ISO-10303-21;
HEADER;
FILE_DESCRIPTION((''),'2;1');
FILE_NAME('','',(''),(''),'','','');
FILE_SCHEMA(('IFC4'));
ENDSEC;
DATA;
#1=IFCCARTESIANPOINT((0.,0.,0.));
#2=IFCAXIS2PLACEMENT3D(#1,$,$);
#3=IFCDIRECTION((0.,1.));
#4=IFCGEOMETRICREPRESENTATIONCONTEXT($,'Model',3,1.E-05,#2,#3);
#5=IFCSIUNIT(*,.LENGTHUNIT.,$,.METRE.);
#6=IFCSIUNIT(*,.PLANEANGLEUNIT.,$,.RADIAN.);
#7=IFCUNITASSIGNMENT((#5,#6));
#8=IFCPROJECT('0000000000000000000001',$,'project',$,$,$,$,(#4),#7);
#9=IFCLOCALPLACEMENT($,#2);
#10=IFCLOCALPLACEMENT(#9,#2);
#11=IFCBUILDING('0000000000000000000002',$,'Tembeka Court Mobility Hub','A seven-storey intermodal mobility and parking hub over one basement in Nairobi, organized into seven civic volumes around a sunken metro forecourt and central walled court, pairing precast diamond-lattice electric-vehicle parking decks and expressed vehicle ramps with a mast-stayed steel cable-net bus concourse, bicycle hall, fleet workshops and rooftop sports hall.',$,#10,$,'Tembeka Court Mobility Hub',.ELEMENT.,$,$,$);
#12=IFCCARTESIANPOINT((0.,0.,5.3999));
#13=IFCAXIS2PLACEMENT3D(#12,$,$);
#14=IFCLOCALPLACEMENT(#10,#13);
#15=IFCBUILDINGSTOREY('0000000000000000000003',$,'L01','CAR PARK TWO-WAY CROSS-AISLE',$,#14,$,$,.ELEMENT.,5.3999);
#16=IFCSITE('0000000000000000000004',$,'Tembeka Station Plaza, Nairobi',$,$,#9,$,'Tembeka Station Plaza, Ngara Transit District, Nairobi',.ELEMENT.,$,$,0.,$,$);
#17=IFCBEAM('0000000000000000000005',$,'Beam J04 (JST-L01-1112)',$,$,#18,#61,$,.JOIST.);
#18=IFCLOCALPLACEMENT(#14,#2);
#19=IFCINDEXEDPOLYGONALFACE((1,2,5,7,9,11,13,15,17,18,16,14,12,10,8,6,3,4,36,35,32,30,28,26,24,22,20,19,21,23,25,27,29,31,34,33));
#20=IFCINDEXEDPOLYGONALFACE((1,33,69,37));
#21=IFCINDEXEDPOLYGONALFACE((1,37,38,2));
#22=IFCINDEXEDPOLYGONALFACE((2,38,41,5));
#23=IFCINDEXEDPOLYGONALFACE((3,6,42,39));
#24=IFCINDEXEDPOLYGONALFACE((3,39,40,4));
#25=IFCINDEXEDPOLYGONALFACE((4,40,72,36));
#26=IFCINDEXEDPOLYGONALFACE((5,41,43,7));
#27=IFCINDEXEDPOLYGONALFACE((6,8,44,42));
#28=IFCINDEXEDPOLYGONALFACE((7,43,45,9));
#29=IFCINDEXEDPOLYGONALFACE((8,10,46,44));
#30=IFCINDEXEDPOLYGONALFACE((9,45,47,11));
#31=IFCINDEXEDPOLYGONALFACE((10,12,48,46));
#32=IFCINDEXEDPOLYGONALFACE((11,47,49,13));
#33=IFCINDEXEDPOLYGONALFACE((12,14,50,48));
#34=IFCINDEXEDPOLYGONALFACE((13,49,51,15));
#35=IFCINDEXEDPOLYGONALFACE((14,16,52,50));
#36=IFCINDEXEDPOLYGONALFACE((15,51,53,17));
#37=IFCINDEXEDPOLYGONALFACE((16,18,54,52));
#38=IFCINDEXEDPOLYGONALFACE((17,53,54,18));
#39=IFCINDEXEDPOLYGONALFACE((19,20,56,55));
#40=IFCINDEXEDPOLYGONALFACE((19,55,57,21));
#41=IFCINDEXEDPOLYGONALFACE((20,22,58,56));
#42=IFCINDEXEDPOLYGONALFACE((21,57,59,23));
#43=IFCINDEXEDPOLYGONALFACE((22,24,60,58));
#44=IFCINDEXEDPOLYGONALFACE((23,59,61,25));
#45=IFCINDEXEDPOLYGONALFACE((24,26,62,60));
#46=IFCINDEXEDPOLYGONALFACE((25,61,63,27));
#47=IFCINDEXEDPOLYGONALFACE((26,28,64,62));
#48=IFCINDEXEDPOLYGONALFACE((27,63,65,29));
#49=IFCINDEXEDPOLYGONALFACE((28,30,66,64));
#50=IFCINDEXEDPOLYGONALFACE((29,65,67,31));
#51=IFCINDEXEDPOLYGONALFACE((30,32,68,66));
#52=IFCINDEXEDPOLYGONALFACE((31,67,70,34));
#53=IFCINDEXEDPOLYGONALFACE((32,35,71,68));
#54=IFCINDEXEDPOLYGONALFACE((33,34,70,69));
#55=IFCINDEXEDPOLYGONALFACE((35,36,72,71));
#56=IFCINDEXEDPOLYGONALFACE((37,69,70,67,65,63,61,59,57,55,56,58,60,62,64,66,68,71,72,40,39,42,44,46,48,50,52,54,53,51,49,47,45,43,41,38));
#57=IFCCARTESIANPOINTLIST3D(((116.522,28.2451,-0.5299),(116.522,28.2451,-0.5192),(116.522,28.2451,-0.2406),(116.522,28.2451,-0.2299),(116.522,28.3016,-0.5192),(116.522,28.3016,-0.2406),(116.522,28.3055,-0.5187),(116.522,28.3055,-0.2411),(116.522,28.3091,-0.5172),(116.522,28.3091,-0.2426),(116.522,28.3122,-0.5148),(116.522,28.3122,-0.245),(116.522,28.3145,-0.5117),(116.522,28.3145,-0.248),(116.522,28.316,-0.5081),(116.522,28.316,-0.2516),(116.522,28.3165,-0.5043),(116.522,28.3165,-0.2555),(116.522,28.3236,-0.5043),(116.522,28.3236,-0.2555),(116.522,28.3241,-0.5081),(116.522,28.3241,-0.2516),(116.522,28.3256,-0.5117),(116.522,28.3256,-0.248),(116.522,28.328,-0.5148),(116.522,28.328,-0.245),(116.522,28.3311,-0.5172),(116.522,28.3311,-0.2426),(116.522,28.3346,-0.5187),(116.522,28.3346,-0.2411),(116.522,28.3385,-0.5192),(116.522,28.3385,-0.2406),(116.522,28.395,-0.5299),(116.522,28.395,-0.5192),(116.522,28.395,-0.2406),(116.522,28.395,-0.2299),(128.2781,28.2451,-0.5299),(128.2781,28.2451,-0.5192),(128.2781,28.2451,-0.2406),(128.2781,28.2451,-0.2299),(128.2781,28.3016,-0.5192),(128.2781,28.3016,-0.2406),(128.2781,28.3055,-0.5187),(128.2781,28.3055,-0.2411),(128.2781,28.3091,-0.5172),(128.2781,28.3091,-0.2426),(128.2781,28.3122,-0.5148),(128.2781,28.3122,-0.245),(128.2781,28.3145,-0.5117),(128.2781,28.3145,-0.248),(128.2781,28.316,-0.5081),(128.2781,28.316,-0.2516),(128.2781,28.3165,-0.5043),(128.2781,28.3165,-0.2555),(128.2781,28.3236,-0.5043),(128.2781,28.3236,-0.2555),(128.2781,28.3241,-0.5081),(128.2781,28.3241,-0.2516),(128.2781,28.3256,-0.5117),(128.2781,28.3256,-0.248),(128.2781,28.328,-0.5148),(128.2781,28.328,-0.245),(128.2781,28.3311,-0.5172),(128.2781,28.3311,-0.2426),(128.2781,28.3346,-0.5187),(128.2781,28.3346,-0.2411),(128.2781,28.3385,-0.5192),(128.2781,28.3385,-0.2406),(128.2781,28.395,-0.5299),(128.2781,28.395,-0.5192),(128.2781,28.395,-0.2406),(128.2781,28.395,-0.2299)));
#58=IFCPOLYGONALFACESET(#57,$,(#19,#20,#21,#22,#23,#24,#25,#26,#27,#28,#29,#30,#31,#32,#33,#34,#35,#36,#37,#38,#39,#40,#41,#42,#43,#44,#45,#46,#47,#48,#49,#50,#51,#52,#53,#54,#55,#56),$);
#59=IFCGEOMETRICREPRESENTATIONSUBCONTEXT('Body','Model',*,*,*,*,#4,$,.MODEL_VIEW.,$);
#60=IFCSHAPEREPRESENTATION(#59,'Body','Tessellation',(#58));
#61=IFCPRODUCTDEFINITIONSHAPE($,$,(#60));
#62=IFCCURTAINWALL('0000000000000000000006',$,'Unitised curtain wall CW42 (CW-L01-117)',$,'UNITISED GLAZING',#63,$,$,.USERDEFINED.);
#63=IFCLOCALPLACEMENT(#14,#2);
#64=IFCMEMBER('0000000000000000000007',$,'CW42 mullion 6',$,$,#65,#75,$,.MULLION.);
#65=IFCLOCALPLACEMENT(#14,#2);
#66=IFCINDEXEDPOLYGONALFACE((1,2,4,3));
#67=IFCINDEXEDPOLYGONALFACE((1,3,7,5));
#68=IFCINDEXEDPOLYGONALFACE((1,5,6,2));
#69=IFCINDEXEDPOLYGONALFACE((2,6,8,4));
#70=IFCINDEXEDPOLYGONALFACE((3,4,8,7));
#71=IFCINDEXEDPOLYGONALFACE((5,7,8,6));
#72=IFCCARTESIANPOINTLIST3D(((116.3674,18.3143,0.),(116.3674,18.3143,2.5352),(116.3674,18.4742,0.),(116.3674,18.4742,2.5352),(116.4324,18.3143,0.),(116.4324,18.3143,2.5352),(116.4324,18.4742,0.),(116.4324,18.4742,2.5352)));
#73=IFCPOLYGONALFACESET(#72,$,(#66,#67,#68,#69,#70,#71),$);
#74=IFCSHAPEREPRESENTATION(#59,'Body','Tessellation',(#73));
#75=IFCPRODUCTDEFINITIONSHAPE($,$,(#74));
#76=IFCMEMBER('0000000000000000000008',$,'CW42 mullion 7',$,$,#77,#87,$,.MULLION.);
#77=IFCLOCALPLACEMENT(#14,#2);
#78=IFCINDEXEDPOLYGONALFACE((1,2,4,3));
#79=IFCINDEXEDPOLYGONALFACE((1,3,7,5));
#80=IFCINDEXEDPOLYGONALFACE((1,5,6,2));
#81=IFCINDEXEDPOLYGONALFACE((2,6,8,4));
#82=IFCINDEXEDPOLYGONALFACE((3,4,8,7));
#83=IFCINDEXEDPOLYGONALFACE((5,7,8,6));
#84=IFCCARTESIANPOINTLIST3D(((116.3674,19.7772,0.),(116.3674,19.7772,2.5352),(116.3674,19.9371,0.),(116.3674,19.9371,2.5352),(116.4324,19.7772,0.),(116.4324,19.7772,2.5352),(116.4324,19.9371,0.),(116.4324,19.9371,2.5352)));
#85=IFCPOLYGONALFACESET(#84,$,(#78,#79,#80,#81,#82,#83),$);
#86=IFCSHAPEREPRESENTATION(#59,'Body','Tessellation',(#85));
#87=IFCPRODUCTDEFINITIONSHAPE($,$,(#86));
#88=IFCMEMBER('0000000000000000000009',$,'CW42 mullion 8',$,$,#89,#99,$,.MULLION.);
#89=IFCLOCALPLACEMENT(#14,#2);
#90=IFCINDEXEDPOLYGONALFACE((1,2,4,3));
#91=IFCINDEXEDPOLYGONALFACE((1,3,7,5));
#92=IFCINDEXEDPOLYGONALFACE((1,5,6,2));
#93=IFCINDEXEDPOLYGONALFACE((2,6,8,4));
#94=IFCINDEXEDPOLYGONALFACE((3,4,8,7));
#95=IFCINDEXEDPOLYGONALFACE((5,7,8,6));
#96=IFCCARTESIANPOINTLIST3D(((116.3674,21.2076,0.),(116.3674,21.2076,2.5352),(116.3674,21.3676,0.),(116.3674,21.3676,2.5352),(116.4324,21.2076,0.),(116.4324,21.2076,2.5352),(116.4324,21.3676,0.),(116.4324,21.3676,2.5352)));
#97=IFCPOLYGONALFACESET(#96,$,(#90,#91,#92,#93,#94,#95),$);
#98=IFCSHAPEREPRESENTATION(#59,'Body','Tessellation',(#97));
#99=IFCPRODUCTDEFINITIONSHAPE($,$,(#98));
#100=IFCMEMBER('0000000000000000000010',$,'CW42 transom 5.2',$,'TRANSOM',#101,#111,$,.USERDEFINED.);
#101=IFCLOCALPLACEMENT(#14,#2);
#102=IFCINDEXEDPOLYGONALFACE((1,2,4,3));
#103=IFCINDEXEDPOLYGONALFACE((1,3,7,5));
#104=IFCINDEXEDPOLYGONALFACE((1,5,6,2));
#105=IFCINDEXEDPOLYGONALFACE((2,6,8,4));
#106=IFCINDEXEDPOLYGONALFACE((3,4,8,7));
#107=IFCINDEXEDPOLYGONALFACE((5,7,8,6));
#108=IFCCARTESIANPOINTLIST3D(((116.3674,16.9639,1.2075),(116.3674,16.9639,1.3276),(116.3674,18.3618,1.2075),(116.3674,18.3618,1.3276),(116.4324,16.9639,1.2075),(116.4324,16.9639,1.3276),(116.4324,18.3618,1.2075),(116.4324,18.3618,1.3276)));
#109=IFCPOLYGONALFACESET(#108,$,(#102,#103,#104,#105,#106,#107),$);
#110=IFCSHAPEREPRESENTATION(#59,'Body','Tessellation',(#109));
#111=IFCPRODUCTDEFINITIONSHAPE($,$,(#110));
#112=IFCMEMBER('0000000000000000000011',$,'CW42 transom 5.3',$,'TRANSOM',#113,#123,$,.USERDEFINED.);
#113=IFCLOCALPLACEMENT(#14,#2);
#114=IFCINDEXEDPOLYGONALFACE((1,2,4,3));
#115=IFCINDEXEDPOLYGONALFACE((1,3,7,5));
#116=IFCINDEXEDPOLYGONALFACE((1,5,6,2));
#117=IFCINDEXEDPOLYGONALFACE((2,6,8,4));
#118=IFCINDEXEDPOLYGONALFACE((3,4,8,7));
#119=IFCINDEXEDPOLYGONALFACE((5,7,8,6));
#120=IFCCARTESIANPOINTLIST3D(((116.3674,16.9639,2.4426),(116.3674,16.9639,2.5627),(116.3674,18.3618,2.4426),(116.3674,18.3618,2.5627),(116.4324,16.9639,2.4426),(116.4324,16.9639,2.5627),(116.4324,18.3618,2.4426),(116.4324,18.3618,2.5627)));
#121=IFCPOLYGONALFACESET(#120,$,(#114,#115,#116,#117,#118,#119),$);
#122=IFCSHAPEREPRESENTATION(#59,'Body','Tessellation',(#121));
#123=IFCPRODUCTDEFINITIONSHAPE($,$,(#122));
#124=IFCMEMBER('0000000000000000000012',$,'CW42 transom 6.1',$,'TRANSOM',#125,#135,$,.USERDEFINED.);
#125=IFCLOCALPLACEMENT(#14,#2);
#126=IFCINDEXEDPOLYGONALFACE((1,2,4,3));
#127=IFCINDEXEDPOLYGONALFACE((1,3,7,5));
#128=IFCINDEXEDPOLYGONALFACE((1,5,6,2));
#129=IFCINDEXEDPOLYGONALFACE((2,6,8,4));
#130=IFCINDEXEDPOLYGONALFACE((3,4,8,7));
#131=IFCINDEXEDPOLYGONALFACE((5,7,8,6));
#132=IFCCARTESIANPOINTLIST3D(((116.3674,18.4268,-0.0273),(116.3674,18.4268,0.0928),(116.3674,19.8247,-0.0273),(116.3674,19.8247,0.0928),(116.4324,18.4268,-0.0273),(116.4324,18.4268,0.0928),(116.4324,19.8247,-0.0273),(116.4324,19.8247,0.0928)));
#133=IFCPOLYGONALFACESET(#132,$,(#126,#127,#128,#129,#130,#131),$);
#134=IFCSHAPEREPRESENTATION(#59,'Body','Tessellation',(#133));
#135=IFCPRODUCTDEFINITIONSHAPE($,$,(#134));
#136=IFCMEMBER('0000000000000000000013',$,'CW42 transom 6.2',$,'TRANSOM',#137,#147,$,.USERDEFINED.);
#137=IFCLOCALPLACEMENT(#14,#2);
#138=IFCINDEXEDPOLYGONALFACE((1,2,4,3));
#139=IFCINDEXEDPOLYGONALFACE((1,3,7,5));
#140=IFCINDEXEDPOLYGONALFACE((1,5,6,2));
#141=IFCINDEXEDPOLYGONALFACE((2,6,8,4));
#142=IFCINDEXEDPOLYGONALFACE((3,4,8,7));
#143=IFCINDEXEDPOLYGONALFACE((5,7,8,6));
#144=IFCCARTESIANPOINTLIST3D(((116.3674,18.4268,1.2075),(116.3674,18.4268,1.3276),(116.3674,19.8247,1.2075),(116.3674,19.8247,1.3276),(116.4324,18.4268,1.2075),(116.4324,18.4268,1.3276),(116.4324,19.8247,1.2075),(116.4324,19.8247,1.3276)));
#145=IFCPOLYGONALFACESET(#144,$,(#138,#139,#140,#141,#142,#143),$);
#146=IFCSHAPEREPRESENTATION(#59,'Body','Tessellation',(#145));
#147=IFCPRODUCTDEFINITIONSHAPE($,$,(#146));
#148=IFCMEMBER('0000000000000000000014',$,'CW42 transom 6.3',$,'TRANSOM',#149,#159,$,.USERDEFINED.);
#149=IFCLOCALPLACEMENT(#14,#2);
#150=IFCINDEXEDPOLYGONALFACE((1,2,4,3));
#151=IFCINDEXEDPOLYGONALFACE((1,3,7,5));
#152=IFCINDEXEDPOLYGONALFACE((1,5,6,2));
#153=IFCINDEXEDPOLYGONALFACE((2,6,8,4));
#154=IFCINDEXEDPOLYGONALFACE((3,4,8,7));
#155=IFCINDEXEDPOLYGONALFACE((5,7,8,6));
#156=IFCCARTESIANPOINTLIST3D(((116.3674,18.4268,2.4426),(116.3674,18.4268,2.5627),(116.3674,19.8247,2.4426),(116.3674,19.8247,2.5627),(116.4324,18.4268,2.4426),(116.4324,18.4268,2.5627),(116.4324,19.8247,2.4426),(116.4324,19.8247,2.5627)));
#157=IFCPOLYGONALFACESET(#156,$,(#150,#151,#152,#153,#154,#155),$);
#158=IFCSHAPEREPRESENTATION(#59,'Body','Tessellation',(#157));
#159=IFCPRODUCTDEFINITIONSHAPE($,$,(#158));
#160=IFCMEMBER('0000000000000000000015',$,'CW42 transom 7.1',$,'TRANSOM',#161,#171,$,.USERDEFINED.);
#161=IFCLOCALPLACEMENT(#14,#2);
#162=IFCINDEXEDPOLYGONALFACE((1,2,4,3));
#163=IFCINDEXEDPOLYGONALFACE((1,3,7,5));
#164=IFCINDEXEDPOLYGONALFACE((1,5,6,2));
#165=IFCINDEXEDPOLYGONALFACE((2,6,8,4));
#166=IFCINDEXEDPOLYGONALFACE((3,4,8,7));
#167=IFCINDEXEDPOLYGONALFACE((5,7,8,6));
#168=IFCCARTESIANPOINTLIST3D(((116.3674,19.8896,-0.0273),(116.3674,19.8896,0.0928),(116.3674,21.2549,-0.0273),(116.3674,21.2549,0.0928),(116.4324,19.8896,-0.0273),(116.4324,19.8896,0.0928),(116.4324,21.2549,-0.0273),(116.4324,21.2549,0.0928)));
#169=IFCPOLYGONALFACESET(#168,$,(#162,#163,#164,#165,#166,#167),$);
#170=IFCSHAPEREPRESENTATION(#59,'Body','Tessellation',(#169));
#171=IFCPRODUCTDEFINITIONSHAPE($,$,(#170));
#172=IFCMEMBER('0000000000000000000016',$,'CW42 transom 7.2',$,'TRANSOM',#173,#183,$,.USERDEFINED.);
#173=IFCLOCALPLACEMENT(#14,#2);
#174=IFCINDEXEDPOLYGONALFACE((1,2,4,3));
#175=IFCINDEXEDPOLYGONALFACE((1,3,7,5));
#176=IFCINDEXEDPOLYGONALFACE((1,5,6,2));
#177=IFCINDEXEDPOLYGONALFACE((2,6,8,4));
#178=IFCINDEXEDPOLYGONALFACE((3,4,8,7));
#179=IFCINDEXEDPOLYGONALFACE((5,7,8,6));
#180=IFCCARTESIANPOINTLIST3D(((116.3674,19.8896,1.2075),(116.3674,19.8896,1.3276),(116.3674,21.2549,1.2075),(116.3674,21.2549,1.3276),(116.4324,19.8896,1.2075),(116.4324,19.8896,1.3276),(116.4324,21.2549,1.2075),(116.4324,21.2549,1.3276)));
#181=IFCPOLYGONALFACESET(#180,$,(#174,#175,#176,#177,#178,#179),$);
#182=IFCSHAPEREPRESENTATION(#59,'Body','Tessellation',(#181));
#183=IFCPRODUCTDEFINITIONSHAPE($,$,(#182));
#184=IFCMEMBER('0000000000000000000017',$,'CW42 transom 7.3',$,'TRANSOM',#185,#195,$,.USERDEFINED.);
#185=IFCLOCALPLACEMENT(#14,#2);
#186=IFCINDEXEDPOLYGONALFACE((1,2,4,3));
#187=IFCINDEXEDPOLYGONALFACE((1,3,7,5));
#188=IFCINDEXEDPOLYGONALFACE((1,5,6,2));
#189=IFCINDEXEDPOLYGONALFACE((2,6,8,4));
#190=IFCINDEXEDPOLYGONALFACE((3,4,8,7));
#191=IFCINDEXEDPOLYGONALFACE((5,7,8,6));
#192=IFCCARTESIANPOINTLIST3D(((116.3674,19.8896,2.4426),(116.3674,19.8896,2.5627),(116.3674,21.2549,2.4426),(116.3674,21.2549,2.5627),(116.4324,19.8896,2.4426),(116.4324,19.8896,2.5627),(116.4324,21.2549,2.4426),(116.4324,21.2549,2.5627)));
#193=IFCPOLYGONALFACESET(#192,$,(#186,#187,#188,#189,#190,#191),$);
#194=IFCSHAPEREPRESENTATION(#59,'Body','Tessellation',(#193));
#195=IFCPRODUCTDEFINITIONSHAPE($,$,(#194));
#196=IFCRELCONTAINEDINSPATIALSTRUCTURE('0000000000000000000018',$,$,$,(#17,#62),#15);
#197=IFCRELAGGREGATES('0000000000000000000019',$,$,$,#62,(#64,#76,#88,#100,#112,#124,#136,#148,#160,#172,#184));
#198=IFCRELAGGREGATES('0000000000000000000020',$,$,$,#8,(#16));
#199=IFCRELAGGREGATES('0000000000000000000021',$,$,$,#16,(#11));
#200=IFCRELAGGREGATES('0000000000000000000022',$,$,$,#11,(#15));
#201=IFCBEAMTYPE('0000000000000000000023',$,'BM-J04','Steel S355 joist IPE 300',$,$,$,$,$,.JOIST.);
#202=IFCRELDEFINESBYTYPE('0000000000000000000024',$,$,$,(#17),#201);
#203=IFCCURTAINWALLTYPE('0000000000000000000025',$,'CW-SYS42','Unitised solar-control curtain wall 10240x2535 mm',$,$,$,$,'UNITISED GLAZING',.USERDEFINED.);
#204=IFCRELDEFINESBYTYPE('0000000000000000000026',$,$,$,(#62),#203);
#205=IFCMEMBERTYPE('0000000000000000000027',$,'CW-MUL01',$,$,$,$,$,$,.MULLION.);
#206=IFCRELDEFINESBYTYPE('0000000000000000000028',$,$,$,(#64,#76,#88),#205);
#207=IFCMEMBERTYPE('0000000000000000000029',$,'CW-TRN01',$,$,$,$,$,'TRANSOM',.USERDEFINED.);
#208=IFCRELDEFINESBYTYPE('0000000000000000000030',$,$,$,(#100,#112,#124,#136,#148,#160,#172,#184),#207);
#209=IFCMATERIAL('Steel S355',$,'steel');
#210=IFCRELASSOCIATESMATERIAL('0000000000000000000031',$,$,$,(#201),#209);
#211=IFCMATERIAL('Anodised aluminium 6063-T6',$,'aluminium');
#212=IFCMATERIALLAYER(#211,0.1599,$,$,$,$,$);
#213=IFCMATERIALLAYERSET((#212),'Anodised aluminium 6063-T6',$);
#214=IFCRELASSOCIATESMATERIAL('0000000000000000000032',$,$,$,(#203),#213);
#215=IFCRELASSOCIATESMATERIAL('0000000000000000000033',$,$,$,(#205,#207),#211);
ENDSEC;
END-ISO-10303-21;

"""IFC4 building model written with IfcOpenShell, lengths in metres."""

from ifc_helpers import new_model, si_unit, direction, frame, origin, origin_2d, place, context, subcontext, project, spatial, rectangle, i_section, extrude, material, layer, layer_set, material_profile, profile_set, type_object, element, aggregate, save


model = new_model("IFC4")

# Units and contexts
model_context = context("Model", 3, precision=1e-05, world=origin(), true_north=direction((0.0, 1.0)))
body_context = subcontext(model_context, "Body", "Model", "MODEL_VIEW")
ifc_project = project(units=[si_unit("LENGTHUNIT", "METRE"), si_unit("PLANEANGLEUNIT", "RADIAN")], contexts=[model_context])

# Site, building, storey
site_placement = place(None, origin())
site = spatial("IfcSite", under=ifc_project, at=site_placement, Name="Tembeka Station Plaza, Nairobi", LongName="Tembeka Station Plaza, Ngara Transit District, Nairobi", CompositionType="ELEMENT", RefElevation=0.0)
building_placement = place(site_placement, origin())
building = spatial("IfcBuilding", under=site, at=building_placement, Name="Tembeka Court Mobility Hub", Description="A seven-storey intermodal mobility and parking hub over one basement in Nairobi, organized into seven civic volumes around a sunken metro forecourt and central walled court, pairing precast diamond-lattice electric-vehicle parking decks and expressed vehicle ramps with a mast-stayed steel cable-net bus concourse, bicycle hall, fleet workshops and rooftop sports hall.", LongName="Tembeka Court Mobility Hub", CompositionType="ELEMENT")
storey_placement = place(building_placement, frame((0.0, 0.0, 5.3999)))
storey = spatial("IfcBuildingStorey", under=building, at=storey_placement, Name="L01", Description="CAR PARK TWO-WAY CROSS-AISLE", CompositionType="ELEMENT", Elevation=5.3999)

# Beam
ifc_material_1 = material(Name="Steel S355", Category="steel")
ifc_material_profile_1 = material_profile(ifc_material_1, i_section(OverallWidth=0.1499, OverallDepth=0.3, WebThickness=0.0071, FlangeThickness=0.0107, FilletRadius=0.0149, at=origin_2d()), Name="IPE 300")
ifc_profile_set_1 = profile_set([ifc_material_profile_1], Name="Steel S355")
beam_type_1 = type_object("IfcBeamType", Name="BM-J04", Description="Steel S355 joist IPE 300", PredefinedType="JOIST", material=ifc_profile_set_1)
for number, where, z_axis, x_axis, name in (
    (1, (116.522, 28.3201, -0.3799), (1.0, 0.0, 0.0), (0.0, 1.0, 0.0), "Beam J04 (JST-L01-1112)"),
):
    element("IfcBeam", number, at=place(storey_placement, frame(where, z_axis=z_axis, x_axis=x_axis)), inside=storey, type_object=beam_type_1, Name=name, PredefinedType="JOIST", context=body_context, shape_type="SweptSolid", body=[
        extrude(i_section(OverallWidth=0.1499, OverallDepth=0.3, WebThickness=0.0071, FlangeThickness=0.0107, FilletRadius=0.0149, at=origin_2d()), origin(), (0.0, 0.0, 1.0), 11.7561),
    ])

# Curtain wall, members
ifc_material_2 = material(Name="Anodised aluminium 6063-T6", Category="aluminium")
ifc_layer_1 = layer(ifc_material_2, 0.1599)
ifc_layer_set_1 = layer_set([ifc_layer_1], Name="Anodised aluminium 6063-T6")
curtain_wall_type = type_object("IfcCurtainWallType", Name="CW-SYS42", Description="Unitised solar-control curtain wall 10240x2535 mm", ElementType="UNITISED GLAZING", PredefinedType="USERDEFINED", material=ifc_layer_set_1)
curtain_wall_placement = place(storey_placement, origin())
curtain_wall = element("IfcCurtainWall", 2, at=curtain_wall_placement, inside=storey, type_object=curtain_wall_type, Name="Unitised curtain wall CW42 (CW-L01-117)", ObjectType="UNITISED GLAZING", PredefinedType="USERDEFINED")
ifc_material_profile_2 = material_profile(ifc_material_2, rectangle(XDim=0.0649, YDim=0.1599, at=origin_2d()), Name="ALU-MUL 65x160")
ifc_profile_set_2 = profile_set([ifc_material_profile_2], Name="Anodised aluminium 6063-T6")
member_type_1 = type_object("IfcMemberType", Name="CW-MUL01", PredefinedType="MULLION", material=ifc_profile_set_2)
member_1_placement = place(storey_placement, frame((116.3999, 18.3943, 0.0), z_axis=(0.0, 0.0, 1.0), x_axis=(-1.0, 0.0, 0.0)))
member_1 = element("IfcMember", 3, at=member_1_placement, type_object=member_type_1, Name="CW42 mullion 6", PredefinedType="MULLION", context=body_context, shape_type="SweptSolid", body=[
    extrude(rectangle(XDim=0.0649, YDim=0.1599, at=origin_2d()), origin(), (0.0, 0.0, 1.0), 2.5352),
])
member_2_placement = place(storey_placement, frame((116.3999, 19.8572, 0.0), z_axis=(0.0, 0.0, 1.0), x_axis=(-1.0, 0.0, 0.0)))
member_2 = element("IfcMember", 4, at=member_2_placement, type_object=member_type_1, Name="CW42 mullion 7", PredefinedType="MULLION", context=body_context, shape_type="SweptSolid", body=[
    extrude(rectangle(XDim=0.0649, YDim=0.1599, at=origin_2d()), origin(), (0.0, 0.0, 1.0), 2.5352),
])
member_3_placement = place(storey_placement, frame((116.3999, 21.2876, 0.0), z_axis=(0.0, 0.0, 1.0), x_axis=(-1.0, 0.0, 0.0)))
member_3 = element("IfcMember", 5, at=member_3_placement, type_object=member_type_1, Name="CW42 mullion 8", PredefinedType="MULLION", context=body_context, shape_type="SweptSolid", body=[
    extrude(rectangle(XDim=0.0649, YDim=0.1599, at=origin_2d()), origin(), (0.0, 0.0, 1.0), 2.5352),
])
ifc_material_profile_3 = material_profile(ifc_material_2, rectangle(XDim=0.0649, YDim=0.1201, at=origin_2d()), Name="ALU-TRN 65x120")
ifc_profile_set_3 = profile_set([ifc_material_profile_3], Name="Anodised aluminium 6063-T6")
member_type_2 = type_object("IfcMemberType", Name="CW-TRN01", ElementType="TRANSOM", PredefinedType="USERDEFINED", material=ifc_profile_set_3)
member_4_placement = place(storey_placement, frame((116.3999, 16.9639, 1.2676), z_axis=(0.0, 1.0, 0.0), x_axis=(-1.0, 0.0, 0.0)))
member_4 = element("IfcMember", 6, at=member_4_placement, type_object=member_type_2, Name="CW42 transom 5.2", ObjectType="TRANSOM", PredefinedType="USERDEFINED", context=body_context, shape_type="SweptSolid", body=[
    extrude(rectangle(XDim=0.0649, YDim=0.1201, at=origin_2d()), origin(), (0.0, 0.0, 1.0), 1.3979),
])
member_5_placement = place(storey_placement, frame((116.3999, 16.9639, 2.5027), z_axis=(0.0, 1.0, 0.0), x_axis=(-1.0, 0.0, 0.0)))
member_5 = element("IfcMember", 7, at=member_5_placement, type_object=member_type_2, Name="CW42 transom 5.3", ObjectType="TRANSOM", PredefinedType="USERDEFINED", context=body_context, shape_type="SweptSolid", body=[
    extrude(rectangle(XDim=0.0649, YDim=0.1201, at=origin_2d()), origin(), (0.0, 0.0, 1.0), 1.3979),
])
member_6_placement = place(storey_placement, frame((116.3999, 18.4268, 0.0327), z_axis=(0.0, 1.0, 0.0), x_axis=(-1.0, 0.0, 0.0)))
member_6 = element("IfcMember", 8, at=member_6_placement, type_object=member_type_2, Name="CW42 transom 6.1", ObjectType="TRANSOM", PredefinedType="USERDEFINED", context=body_context, shape_type="SweptSolid", body=[
    extrude(rectangle(XDim=0.0649, YDim=0.1201, at=origin_2d()), origin(), (0.0, 0.0, 1.0), 1.3979),
])
member_7_placement = place(storey_placement, frame((116.3999, 18.4268, 1.2676), z_axis=(0.0, 1.0, 0.0), x_axis=(-1.0, 0.0, 0.0)))
member_7 = element("IfcMember", 9, at=member_7_placement, type_object=member_type_2, Name="CW42 transom 6.2", ObjectType="TRANSOM", PredefinedType="USERDEFINED", context=body_context, shape_type="SweptSolid", body=[
    extrude(rectangle(XDim=0.0649, YDim=0.1201, at=origin_2d()), origin(), (0.0, 0.0, 1.0), 1.3979),
])
member_8_placement = place(storey_placement, frame((116.3999, 18.4268, 2.5027), z_axis=(0.0, 1.0, 0.0), x_axis=(-1.0, 0.0, 0.0)))
member_8 = element("IfcMember", 10, at=member_8_placement, type_object=member_type_2, Name="CW42 transom 6.3", ObjectType="TRANSOM", PredefinedType="USERDEFINED", context=body_context, shape_type="SweptSolid", body=[
    extrude(rectangle(XDim=0.0649, YDim=0.1201, at=origin_2d()), origin(), (0.0, 0.0, 1.0), 1.3979),
])
member_9_placement = place(storey_placement, frame((116.3999, 19.8896, 0.0327), z_axis=(0.0, 1.0, 0.0), x_axis=(-1.0, 0.0, 0.0)))
member_9 = element("IfcMember", 11, at=member_9_placement, type_object=member_type_2, Name="CW42 transom 7.1", ObjectType="TRANSOM", PredefinedType="USERDEFINED", context=body_context, shape_type="SweptSolid", body=[
    extrude(rectangle(XDim=0.0649, YDim=0.1201, at=origin_2d()), origin(), (0.0, 0.0, 1.0), 1.3652),
])
member_10_placement = place(storey_placement, frame((116.3999, 19.8896, 1.2676), z_axis=(0.0, 1.0, 0.0), x_axis=(-1.0, 0.0, 0.0)))
member_10 = element("IfcMember", 12, at=member_10_placement, type_object=member_type_2, Name="CW42 transom 7.2", ObjectType="TRANSOM", PredefinedType="USERDEFINED", context=body_context, shape_type="SweptSolid", body=[
    extrude(rectangle(XDim=0.0649, YDim=0.1201, at=origin_2d()), origin(), (0.0, 0.0, 1.0), 1.3652),
])
member_11_placement = place(storey_placement, frame((116.3999, 19.8896, 2.5027), z_axis=(0.0, 1.0, 0.0), x_axis=(-1.0, 0.0, 0.0)))
member_11 = element("IfcMember", 13, at=member_11_placement, type_object=member_type_2, Name="CW42 transom 7.3", ObjectType="TRANSOM", PredefinedType="USERDEFINED", context=body_context, shape_type="SweptSolid", body=[
    extrude(rectangle(XDim=0.0649, YDim=0.1201, at=origin_2d()), origin(), (0.0, 0.0, 1.0), 1.3652),
])
aggregate(curtain_wall, [member_1, member_2, member_3, member_4, member_5, member_6, member_7, member_8, member_9, member_10, member_11])

save(model, "model.ifc")
